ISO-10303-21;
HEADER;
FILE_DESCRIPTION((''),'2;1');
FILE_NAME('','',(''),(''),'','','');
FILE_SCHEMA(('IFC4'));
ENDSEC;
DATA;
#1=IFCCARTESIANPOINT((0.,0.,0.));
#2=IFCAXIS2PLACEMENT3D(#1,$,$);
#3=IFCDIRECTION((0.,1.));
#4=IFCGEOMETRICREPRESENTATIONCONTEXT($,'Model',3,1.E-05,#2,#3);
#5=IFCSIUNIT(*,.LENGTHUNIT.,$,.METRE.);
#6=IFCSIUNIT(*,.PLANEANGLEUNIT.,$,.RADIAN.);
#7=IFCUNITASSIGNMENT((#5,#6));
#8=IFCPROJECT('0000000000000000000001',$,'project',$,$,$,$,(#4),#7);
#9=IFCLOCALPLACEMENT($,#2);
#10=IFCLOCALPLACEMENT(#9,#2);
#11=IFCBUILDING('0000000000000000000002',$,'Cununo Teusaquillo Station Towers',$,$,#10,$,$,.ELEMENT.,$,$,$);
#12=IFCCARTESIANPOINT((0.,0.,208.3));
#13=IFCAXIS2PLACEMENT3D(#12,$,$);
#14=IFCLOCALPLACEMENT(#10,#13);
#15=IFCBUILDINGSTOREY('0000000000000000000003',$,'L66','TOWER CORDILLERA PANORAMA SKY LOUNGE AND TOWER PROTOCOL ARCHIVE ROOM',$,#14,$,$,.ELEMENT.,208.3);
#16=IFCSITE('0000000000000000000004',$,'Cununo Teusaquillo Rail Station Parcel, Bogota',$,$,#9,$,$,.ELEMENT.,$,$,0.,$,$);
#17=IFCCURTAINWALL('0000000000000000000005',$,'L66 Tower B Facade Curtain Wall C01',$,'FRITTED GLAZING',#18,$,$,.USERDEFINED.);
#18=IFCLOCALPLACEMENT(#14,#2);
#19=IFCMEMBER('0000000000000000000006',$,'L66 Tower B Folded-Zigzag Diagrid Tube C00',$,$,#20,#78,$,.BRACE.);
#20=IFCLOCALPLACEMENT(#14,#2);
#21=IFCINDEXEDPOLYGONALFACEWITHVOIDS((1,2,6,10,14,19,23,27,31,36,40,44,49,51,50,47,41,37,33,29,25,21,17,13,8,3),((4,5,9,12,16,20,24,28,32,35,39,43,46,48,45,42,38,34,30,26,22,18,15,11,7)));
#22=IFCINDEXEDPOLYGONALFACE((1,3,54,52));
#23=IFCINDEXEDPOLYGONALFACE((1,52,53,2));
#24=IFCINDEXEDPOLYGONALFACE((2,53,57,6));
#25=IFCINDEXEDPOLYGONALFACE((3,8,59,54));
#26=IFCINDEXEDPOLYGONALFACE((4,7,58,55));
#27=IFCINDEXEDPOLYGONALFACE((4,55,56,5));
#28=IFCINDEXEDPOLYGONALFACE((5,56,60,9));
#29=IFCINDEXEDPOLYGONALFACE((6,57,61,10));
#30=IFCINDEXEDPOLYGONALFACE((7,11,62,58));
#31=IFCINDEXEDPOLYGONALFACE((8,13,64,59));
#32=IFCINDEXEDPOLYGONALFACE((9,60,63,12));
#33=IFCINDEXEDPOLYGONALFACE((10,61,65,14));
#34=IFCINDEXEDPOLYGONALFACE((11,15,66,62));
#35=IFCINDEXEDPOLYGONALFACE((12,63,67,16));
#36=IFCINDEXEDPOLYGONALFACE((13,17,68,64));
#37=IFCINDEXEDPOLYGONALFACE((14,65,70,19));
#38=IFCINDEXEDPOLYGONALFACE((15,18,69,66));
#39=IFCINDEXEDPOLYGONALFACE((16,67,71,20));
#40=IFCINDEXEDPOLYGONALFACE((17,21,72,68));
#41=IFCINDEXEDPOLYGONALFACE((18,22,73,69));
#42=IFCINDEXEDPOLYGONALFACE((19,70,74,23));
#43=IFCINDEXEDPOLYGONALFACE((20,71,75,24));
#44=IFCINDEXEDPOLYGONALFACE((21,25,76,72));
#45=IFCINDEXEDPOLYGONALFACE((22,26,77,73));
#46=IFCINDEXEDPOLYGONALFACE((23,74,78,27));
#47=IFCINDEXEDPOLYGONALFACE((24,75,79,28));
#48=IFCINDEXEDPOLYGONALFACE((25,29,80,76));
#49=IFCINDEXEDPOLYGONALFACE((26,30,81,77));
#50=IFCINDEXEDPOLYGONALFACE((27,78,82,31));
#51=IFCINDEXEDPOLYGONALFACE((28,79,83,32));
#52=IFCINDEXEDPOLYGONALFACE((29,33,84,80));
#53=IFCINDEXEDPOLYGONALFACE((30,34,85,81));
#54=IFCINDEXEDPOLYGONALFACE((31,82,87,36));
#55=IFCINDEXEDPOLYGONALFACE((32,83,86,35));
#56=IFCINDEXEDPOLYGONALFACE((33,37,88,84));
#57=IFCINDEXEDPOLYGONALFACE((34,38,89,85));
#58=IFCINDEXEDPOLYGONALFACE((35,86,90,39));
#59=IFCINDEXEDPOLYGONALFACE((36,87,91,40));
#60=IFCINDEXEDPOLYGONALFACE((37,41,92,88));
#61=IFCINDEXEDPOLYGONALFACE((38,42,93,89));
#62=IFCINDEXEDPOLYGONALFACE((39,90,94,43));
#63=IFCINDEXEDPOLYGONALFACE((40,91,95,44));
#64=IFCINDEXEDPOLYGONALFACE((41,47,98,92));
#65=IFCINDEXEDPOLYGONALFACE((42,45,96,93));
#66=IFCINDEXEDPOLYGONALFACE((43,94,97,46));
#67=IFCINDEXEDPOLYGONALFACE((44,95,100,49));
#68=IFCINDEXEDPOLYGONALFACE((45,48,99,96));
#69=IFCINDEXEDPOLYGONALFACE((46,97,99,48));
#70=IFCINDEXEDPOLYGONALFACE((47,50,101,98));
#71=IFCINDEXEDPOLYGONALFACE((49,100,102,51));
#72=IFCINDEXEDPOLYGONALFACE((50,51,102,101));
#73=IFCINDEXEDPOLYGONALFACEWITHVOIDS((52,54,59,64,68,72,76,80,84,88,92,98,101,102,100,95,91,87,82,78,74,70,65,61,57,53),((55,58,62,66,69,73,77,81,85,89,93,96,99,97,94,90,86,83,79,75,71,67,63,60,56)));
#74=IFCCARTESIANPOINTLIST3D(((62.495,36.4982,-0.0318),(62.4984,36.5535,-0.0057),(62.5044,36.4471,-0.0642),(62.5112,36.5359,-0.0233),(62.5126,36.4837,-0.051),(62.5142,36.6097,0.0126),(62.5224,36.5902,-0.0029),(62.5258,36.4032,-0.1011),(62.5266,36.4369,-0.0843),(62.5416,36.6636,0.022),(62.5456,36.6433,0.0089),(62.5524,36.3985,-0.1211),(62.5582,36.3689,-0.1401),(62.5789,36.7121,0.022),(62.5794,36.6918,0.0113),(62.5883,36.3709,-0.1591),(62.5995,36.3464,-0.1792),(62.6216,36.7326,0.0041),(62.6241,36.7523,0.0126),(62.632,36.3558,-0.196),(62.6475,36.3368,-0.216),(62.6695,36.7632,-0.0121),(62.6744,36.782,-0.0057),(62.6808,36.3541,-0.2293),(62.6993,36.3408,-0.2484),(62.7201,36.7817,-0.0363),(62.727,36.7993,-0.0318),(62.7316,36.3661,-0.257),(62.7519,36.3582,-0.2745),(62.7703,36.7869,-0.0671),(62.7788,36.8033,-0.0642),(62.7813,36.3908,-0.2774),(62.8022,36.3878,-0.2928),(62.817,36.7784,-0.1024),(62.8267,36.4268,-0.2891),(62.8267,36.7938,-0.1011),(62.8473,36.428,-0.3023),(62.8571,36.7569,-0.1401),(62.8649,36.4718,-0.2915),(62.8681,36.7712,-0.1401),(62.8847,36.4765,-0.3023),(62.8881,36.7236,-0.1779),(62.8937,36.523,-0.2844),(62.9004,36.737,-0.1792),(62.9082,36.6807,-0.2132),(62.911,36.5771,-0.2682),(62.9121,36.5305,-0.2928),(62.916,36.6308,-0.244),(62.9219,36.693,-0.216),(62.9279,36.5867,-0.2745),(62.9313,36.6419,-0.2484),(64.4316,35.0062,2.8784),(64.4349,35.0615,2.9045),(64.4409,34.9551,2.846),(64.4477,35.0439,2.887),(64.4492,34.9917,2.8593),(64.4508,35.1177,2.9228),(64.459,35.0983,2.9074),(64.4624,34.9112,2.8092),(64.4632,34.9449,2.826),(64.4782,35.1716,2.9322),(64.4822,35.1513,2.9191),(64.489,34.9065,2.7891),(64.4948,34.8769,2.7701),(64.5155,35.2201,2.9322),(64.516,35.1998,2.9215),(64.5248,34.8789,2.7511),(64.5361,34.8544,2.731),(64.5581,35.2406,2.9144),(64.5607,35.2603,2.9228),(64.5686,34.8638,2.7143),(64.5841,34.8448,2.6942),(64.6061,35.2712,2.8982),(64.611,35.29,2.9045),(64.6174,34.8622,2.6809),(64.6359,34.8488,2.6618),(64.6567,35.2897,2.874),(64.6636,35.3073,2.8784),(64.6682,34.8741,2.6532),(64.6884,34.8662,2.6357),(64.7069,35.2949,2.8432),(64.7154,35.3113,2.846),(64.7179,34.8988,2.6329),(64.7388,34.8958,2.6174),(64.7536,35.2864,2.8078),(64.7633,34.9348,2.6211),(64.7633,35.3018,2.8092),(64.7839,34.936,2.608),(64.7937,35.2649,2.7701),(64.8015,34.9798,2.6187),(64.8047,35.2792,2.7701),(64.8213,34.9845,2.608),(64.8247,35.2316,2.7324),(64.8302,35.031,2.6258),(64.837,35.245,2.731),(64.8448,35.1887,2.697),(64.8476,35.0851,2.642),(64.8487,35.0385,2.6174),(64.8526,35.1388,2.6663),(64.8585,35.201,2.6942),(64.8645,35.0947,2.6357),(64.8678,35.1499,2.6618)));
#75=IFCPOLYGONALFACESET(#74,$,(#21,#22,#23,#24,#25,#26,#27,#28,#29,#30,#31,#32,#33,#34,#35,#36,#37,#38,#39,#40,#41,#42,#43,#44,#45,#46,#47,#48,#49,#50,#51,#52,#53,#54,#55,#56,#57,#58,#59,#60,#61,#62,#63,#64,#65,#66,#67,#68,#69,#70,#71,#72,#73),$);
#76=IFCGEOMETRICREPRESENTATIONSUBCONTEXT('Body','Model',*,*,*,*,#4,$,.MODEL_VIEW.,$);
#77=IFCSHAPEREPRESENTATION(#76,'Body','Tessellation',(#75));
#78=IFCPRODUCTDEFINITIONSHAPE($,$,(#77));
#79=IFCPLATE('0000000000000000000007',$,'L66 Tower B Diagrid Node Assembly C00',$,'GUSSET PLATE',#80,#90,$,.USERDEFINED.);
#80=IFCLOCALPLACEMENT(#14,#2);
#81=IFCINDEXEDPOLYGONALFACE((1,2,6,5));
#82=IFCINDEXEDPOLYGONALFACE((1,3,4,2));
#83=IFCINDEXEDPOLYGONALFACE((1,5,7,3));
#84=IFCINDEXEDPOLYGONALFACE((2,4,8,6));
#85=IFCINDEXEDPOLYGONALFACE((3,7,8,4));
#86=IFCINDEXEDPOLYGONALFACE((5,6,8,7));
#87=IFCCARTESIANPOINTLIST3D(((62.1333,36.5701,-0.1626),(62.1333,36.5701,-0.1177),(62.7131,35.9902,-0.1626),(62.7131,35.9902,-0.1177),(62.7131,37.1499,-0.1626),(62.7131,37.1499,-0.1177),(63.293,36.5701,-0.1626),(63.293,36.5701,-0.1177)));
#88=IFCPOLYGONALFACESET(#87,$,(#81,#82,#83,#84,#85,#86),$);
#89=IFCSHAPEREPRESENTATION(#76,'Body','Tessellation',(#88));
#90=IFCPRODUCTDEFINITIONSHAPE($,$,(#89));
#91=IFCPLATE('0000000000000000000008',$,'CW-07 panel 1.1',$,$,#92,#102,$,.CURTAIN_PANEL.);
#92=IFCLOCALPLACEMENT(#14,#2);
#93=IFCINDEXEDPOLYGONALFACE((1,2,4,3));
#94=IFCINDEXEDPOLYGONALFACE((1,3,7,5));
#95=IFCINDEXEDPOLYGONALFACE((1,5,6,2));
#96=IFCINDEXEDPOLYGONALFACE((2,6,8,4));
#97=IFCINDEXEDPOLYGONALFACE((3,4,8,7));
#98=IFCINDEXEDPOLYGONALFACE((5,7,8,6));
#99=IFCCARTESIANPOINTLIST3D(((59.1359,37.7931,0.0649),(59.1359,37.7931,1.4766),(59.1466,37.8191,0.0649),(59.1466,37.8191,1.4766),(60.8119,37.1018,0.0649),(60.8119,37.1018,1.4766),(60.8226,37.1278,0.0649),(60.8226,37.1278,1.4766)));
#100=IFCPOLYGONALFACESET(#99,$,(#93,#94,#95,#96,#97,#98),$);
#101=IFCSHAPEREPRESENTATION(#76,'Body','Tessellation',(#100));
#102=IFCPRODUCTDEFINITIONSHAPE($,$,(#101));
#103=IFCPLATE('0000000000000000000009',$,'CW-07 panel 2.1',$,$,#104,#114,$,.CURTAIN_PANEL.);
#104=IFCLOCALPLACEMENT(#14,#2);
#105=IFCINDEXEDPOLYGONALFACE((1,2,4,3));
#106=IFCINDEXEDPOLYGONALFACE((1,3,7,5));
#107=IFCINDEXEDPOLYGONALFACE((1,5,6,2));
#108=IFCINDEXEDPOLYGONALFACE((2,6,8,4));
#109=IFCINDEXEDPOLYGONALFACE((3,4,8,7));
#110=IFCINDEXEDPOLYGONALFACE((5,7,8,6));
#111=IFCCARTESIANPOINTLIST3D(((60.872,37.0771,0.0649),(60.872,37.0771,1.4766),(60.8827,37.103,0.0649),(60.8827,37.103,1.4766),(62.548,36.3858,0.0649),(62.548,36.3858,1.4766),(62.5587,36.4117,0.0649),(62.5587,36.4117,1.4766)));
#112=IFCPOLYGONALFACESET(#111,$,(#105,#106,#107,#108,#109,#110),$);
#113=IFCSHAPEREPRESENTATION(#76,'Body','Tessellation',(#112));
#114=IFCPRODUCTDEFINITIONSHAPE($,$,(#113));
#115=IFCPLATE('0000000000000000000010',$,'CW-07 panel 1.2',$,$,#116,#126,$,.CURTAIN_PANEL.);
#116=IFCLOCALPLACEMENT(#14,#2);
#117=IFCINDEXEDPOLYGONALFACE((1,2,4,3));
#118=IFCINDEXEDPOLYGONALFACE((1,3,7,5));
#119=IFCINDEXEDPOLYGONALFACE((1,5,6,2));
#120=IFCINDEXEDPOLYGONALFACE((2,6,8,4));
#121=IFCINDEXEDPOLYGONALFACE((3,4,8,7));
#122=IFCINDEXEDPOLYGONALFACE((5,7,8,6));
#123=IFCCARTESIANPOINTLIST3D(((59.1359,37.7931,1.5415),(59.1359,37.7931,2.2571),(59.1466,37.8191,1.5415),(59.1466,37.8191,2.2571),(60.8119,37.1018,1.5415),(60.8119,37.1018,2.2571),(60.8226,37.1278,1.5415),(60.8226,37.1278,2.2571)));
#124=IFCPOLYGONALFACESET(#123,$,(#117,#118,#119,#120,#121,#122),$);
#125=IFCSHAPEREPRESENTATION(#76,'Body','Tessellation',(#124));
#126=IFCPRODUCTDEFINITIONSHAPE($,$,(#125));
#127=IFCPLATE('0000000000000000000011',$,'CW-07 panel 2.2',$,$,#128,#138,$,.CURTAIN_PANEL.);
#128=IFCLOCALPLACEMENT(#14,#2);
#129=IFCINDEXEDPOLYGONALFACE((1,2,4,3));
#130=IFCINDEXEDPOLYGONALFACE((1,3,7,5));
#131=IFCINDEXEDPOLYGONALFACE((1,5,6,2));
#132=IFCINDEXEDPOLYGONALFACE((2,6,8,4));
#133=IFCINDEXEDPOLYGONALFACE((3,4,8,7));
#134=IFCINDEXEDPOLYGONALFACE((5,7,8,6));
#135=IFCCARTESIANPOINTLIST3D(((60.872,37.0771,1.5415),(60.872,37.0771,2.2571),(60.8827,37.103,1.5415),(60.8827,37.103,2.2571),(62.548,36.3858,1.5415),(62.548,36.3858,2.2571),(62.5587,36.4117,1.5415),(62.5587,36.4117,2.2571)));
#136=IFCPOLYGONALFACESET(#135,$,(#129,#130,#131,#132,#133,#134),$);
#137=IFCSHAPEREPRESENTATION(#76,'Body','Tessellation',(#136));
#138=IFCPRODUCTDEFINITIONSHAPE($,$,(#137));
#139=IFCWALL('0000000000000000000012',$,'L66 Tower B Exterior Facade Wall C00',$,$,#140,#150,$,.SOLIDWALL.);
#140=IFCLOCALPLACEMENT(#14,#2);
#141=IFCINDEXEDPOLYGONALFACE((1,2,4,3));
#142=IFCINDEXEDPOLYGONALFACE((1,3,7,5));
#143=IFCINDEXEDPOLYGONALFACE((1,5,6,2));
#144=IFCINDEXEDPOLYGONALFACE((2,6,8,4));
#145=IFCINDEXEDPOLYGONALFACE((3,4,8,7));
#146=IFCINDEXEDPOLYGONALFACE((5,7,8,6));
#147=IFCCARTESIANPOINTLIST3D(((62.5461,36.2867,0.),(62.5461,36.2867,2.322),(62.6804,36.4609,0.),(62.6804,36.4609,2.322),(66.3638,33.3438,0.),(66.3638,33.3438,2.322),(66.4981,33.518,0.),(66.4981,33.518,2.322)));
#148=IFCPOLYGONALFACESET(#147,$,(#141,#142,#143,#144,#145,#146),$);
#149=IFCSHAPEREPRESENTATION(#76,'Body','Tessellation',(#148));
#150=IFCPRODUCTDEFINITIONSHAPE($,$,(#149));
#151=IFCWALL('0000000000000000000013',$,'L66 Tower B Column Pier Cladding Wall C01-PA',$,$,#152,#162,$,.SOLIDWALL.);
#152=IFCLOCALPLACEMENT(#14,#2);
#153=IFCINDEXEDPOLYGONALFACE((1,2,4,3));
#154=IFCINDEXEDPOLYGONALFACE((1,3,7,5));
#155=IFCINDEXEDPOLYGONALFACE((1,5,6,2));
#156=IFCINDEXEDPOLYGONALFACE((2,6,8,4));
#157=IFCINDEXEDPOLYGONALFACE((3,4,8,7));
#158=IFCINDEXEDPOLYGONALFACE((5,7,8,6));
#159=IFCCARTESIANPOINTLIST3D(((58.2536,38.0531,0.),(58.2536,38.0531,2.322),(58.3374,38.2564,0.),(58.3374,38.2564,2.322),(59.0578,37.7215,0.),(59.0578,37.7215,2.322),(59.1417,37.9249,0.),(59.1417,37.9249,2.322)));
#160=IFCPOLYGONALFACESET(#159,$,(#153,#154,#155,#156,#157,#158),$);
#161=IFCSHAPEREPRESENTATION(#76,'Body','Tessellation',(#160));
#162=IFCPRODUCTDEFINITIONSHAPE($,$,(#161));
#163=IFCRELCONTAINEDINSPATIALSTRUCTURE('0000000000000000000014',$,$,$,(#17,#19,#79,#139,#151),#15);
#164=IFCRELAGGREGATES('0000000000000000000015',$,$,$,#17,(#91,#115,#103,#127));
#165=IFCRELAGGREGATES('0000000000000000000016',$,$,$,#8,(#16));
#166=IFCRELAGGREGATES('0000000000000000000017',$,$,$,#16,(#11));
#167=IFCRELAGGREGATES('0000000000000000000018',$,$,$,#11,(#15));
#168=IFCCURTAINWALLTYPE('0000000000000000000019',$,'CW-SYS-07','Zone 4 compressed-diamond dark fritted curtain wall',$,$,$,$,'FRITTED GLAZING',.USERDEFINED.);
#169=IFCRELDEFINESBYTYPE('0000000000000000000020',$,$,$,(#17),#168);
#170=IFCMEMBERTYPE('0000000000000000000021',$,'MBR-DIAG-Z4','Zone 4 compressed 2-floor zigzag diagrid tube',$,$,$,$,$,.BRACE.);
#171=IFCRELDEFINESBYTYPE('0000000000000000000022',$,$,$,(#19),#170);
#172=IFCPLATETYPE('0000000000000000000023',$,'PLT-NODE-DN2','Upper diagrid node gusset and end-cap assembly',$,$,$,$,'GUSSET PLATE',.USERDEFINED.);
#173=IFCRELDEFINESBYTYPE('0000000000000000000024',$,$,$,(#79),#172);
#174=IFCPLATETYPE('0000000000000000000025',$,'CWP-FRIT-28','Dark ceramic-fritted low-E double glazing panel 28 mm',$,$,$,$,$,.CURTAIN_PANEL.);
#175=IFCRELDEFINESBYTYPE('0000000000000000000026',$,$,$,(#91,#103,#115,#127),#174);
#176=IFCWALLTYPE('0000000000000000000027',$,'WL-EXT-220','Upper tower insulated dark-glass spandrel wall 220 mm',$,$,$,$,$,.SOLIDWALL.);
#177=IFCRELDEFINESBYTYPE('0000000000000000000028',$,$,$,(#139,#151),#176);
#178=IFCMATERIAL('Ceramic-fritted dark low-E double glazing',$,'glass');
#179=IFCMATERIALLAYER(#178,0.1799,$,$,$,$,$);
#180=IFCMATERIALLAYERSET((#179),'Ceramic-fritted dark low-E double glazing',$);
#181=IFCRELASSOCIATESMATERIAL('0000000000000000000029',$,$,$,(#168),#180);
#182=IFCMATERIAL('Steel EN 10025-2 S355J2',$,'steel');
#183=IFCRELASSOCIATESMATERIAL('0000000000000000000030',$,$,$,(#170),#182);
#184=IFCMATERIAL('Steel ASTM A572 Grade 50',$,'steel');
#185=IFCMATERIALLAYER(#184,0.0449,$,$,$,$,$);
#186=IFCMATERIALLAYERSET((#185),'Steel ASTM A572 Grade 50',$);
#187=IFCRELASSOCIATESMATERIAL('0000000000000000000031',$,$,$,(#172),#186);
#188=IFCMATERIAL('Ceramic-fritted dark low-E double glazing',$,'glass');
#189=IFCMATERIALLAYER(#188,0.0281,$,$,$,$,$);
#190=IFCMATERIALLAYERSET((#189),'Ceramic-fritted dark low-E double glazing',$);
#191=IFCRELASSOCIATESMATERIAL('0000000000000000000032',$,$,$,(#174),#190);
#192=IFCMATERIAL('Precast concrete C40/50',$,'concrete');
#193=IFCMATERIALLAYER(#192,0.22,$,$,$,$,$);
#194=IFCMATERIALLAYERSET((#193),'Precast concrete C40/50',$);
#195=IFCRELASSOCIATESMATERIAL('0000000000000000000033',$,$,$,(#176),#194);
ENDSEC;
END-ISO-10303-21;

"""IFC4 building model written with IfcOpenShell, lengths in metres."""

from ifc_helpers import new_model, si_unit, direction, frame, frame_2d, origin, origin_2d, place, context, subcontext, project, spatial, rectangle, hollow_circle, extrude, source, transform, mapped, material, layer, layer_set, material_profile, profile_set, type_object, element, aggregate, save


model = new_model("IFC4")

# Units and contexts
model_context = context("Model", 3, precision=1e-05, world=origin(), true_north=direction((0.0, 1.0)))
body_context = subcontext(model_context, "Body", "Model", "MODEL_VIEW")
ifc_project = project(units=[si_unit("LENGTHUNIT", "METRE"), si_unit("PLANEANGLEUNIT", "RADIAN")], contexts=[model_context])

# Site, building, storey
site_placement = place(None, origin())
site = spatial("IfcSite", under=ifc_project, at=site_placement, Name="Cununo Teusaquillo Rail Station Parcel, Bogota", CompositionType="ELEMENT", RefElevation=0.0)
building_placement = place(site_placement, origin())
building = spatial("IfcBuilding", under=site, at=building_placement, Name="Cununo Teusaquillo Station Towers", CompositionType="ELEMENT")
storey_placement = place(building_placement, frame((0.0, 0.0, 208.3)))
storey = spatial("IfcBuildingStorey", under=building, at=storey_placement, Name="L66", Description="TOWER CORDILLERA PANORAMA SKY LOUNGE AND TOWER PROTOCOL ARCHIVE ROOM", CompositionType="ELEMENT", Elevation=208.3)

# Curtain wall
ifc_material_1 = material(Name="Ceramic-fritted dark low-E double glazing", Category="glass")
ifc_layer_1 = layer(ifc_material_1, 0.1799)
ifc_layer_set_1 = layer_set([ifc_layer_1], Name="Ceramic-fritted dark low-E double glazing")
curtain_wall_type = type_object("IfcCurtainWallType", Name="CW-SYS-07", Description="Zone 4 compressed-diamond dark fritted curtain wall", ElementType="FRITTED GLAZING", PredefinedType="USERDEFINED", material=ifc_layer_set_1)
curtain_wall_placement = place(storey_placement, origin())
curtain_wall = element("IfcCurtainWall", 1, at=curtain_wall_placement, inside=storey, type_object=curtain_wall_type, Name="L66 Tower B Facade Curtain Wall C01", ObjectType="FRITTED GLAZING", PredefinedType="USERDEFINED")

# Member
ifc_material_2 = material(Name="Steel EN 10025-2 S355J2", Category="steel")
ifc_material_profile_1 = material_profile(ifc_material_2, hollow_circle(Radius=0.2539, WallThickness=0.0181, at=origin_2d()), Name="CHS 508x18")
ifc_profile_set_1 = profile_set([ifc_material_profile_1], Name="Steel EN 10025-2 S355J2")
member_type_1 = type_object("IfcMemberType", Name="MBR-DIAG-Z4", Description="Zone 4 compressed 2-floor zigzag diagrid tube", PredefinedType="BRACE", material=ifc_profile_set_1)
member_1_placement = place(storey_placement, frame((62.7131, 36.5701, -0.1401), z_axis=(0.509523, -0.392548, 0.765697), x_axis=(0.610304, 0.792167, 0.0)))
element("IfcMember", 2, at=member_1_placement, inside=storey, type_object=member_type_1, Name="L66 Tower B Folded-Zigzag Diagrid Tube C00", PredefinedType="BRACE", context=body_context, shape_type="SweptSolid", body=[
    extrude(hollow_circle(Radius=0.2539, WallThickness=0.0181, at=origin_2d()), origin(), (0.0, 0.0, 1.0), 3.8008),
])

# Plates
ifc_material_3 = material(Name="Steel ASTM A572 Grade 50", Category="steel")
ifc_layer_2 = layer(ifc_material_3, 0.0449)
ifc_layer_set_2 = layer_set([ifc_layer_2], Name="Steel ASTM A572 Grade 50")
plate_type_1 = type_object("IfcPlateType", Name="PLT-NODE-DN2", Description="Upper diagrid node gusset and end-cap assembly", ElementType="GUSSET PLATE", PredefinedType="USERDEFINED", material=ifc_layer_set_2)
shared_shape_1 = source(origin(), body_context, "Body", "SweptSolid", [
    extrude(rectangle(XDim=0.8201, YDim=0.8201, at=origin_2d()), origin(), (0.0, 0.0, 1.0), 0.0449),
])
plate_1_placement = place(storey_placement, frame((62.7131, 36.5701, -0.1626), z_axis=(0.0, 0.0, 1.0), x_axis=(0.707107, 0.707107, 0.0)))
element("IfcPlate", 3, at=plate_1_placement, inside=storey, type_object=plate_type_1, Name="L66 Tower B Diagrid Node Assembly C00", ObjectType="GUSSET PLATE", PredefinedType="USERDEFINED", context=body_context, shape_type="MappedRepresentation", body=[
    mapped(shared_shape_1, transform((0.0, 0.0, 0.0), x_axis=(1.0, 0.0, 0.0), y_axis=(0.0, 1.0, 0.0), z_axis=(0.0, 0.0, 1.0), scale=1.0)),
])
ifc_material_4 = material(Name="Ceramic-fritted dark low-E double glazing", Category="glass")
ifc_layer_3 = layer(ifc_material_4, 0.0281)
ifc_layer_set_3 = layer_set([ifc_layer_3], Name="Ceramic-fritted dark low-E double glazing")
plate_type_2 = type_object("IfcPlateType", Name="CWP-FRIT-28", Description="Dark ceramic-fritted low-E double glazing panel 28 mm", PredefinedType="CURTAIN_PANEL", material=ifc_layer_set_3)
shared_shape_2 = source(origin(), body_context, "Body", "SweptSolid", [
    extrude(rectangle(XDim=1.813, YDim=0.0281, at=origin_2d()), origin(), (0.0, 0.0, 1.0), 1.4116),
])
plate_2_placement = place(storey_placement, frame((59.9792, 37.4604, 0.0649), z_axis=(0.0, 0.0, 1.0), x_axis=(0.924447, -0.381311, 0.0)))
plate_2 = element("IfcPlate", 4, at=plate_2_placement, type_object=plate_type_2, Name="CW-07 panel 1.1", PredefinedType="CURTAIN_PANEL", context=body_context, shape_type="MappedRepresentation", body=[
    mapped(shared_shape_2, transform((0.0, 0.0, 0.0), x_axis=(1.0, 0.0, 0.0), y_axis=(0.0, 1.0, 0.0), z_axis=(0.0, 0.0, 1.0), scale=1.0)),
])
plate_3_placement = place(storey_placement, frame((61.7153, 36.7444, 0.0649), z_axis=(0.0, 0.0, 1.0), x_axis=(0.924447, -0.381311, 0.0)))
plate_3 = element("IfcPlate", 5, at=plate_3_placement, type_object=plate_type_2, Name="CW-07 panel 2.1", PredefinedType="CURTAIN_PANEL", context=body_context, shape_type="MappedRepresentation", body=[
    mapped(shared_shape_2, transform((0.0, 0.0, 0.0), x_axis=(1.0, 0.0, 0.0), y_axis=(0.0, 1.0, 0.0), z_axis=(0.0, 0.0, 1.0), scale=1.0)),
])
shared_shape_3 = source(origin(), body_context, "Body", "SweptSolid", [
    extrude(rectangle(XDim=1.813, YDim=0.0281, at=origin_2d()), origin(), (0.0, 0.0, 1.0), 0.7156),
])
plate_4_placement = place(storey_placement, frame((59.9792, 37.4604, 1.5415), z_axis=(0.0, 0.0, 1.0), x_axis=(0.924447, -0.381311, 0.0)))
plate_4 = element("IfcPlate", 6, at=plate_4_placement, type_object=plate_type_2, Name="CW-07 panel 1.2", PredefinedType="CURTAIN_PANEL", context=body_context, shape_type="MappedRepresentation", body=[
    mapped(shared_shape_3, transform((0.0, 0.0, 0.0), x_axis=(1.0, 0.0, 0.0), y_axis=(0.0, 1.0, 0.0), z_axis=(0.0, 0.0, 1.0), scale=1.0)),
])
plate_5_placement = place(storey_placement, frame((61.7153, 36.7444, 1.5415), z_axis=(0.0, 0.0, 1.0), x_axis=(0.924447, -0.381311, 0.0)))
plate_5 = element("IfcPlate", 7, at=plate_5_placement, type_object=plate_type_2, Name="CW-07 panel 2.2", PredefinedType="CURTAIN_PANEL", context=body_context, shape_type="MappedRepresentation", body=[
    mapped(shared_shape_3, transform((0.0, 0.0, 0.0), x_axis=(1.0, 0.0, 0.0), y_axis=(0.0, 1.0, 0.0), z_axis=(0.0, 0.0, 1.0), scale=1.0)),
])
aggregate(curtain_wall, [plate_2, plate_4, plate_3, plate_5])

# Walls
ifc_material_5 = material(Name="Precast concrete C40/50", Category="concrete")
ifc_layer_4 = layer(ifc_material_5, 0.22)
ifc_layer_set_4 = layer_set([ifc_layer_4], Name="Precast concrete C40/50")
wall_type = type_object("IfcWallType", Name="WL-EXT-220", Description="Upper tower insulated dark-glass spandrel wall 220 mm", PredefinedType="SOLIDWALL", material=ifc_layer_set_4)
wall_1_placement = place(storey_placement, frame((62.6133, 36.3738, 0.0), z_axis=(0.0, 0.0, 1.0), x_axis=(0.791998, -0.610523, 0.0)))
element("IfcWall", 8, at=wall_1_placement, inside=storey, type_object=wall_type, Name="L66 Tower B Exterior Facade Wall C00", PredefinedType="SOLIDWALL", context=body_context, shape_type="SweptSolid", body=[
    extrude(rectangle(XDim=4.8203, YDim=0.22, at=frame_2d((2.4102, 0.0))), origin(), (0.0, 0.0, 1.0), 2.322),
])
wall_2_placement = place(storey_placement, frame((58.2954, 38.1548, 0.0), z_axis=(0.0, 0.0, 1.0), x_axis=(0.924515, -0.381145, 0.0)))
element("IfcWall", 9, at=wall_2_placement, inside=storey, type_object=wall_type, Name="L66 Tower B Column Pier Cladding Wall C01-PA", PredefinedType="SOLIDWALL", context=body_context, shape_type="SweptSolid", body=[
    extrude(rectangle(XDim=0.8699, YDim=0.22, at=frame_2d((0.4351, 0.0))), origin(), (0.0, 0.0, 1.0), 2.322),
])

save(model, "model.ifc")
